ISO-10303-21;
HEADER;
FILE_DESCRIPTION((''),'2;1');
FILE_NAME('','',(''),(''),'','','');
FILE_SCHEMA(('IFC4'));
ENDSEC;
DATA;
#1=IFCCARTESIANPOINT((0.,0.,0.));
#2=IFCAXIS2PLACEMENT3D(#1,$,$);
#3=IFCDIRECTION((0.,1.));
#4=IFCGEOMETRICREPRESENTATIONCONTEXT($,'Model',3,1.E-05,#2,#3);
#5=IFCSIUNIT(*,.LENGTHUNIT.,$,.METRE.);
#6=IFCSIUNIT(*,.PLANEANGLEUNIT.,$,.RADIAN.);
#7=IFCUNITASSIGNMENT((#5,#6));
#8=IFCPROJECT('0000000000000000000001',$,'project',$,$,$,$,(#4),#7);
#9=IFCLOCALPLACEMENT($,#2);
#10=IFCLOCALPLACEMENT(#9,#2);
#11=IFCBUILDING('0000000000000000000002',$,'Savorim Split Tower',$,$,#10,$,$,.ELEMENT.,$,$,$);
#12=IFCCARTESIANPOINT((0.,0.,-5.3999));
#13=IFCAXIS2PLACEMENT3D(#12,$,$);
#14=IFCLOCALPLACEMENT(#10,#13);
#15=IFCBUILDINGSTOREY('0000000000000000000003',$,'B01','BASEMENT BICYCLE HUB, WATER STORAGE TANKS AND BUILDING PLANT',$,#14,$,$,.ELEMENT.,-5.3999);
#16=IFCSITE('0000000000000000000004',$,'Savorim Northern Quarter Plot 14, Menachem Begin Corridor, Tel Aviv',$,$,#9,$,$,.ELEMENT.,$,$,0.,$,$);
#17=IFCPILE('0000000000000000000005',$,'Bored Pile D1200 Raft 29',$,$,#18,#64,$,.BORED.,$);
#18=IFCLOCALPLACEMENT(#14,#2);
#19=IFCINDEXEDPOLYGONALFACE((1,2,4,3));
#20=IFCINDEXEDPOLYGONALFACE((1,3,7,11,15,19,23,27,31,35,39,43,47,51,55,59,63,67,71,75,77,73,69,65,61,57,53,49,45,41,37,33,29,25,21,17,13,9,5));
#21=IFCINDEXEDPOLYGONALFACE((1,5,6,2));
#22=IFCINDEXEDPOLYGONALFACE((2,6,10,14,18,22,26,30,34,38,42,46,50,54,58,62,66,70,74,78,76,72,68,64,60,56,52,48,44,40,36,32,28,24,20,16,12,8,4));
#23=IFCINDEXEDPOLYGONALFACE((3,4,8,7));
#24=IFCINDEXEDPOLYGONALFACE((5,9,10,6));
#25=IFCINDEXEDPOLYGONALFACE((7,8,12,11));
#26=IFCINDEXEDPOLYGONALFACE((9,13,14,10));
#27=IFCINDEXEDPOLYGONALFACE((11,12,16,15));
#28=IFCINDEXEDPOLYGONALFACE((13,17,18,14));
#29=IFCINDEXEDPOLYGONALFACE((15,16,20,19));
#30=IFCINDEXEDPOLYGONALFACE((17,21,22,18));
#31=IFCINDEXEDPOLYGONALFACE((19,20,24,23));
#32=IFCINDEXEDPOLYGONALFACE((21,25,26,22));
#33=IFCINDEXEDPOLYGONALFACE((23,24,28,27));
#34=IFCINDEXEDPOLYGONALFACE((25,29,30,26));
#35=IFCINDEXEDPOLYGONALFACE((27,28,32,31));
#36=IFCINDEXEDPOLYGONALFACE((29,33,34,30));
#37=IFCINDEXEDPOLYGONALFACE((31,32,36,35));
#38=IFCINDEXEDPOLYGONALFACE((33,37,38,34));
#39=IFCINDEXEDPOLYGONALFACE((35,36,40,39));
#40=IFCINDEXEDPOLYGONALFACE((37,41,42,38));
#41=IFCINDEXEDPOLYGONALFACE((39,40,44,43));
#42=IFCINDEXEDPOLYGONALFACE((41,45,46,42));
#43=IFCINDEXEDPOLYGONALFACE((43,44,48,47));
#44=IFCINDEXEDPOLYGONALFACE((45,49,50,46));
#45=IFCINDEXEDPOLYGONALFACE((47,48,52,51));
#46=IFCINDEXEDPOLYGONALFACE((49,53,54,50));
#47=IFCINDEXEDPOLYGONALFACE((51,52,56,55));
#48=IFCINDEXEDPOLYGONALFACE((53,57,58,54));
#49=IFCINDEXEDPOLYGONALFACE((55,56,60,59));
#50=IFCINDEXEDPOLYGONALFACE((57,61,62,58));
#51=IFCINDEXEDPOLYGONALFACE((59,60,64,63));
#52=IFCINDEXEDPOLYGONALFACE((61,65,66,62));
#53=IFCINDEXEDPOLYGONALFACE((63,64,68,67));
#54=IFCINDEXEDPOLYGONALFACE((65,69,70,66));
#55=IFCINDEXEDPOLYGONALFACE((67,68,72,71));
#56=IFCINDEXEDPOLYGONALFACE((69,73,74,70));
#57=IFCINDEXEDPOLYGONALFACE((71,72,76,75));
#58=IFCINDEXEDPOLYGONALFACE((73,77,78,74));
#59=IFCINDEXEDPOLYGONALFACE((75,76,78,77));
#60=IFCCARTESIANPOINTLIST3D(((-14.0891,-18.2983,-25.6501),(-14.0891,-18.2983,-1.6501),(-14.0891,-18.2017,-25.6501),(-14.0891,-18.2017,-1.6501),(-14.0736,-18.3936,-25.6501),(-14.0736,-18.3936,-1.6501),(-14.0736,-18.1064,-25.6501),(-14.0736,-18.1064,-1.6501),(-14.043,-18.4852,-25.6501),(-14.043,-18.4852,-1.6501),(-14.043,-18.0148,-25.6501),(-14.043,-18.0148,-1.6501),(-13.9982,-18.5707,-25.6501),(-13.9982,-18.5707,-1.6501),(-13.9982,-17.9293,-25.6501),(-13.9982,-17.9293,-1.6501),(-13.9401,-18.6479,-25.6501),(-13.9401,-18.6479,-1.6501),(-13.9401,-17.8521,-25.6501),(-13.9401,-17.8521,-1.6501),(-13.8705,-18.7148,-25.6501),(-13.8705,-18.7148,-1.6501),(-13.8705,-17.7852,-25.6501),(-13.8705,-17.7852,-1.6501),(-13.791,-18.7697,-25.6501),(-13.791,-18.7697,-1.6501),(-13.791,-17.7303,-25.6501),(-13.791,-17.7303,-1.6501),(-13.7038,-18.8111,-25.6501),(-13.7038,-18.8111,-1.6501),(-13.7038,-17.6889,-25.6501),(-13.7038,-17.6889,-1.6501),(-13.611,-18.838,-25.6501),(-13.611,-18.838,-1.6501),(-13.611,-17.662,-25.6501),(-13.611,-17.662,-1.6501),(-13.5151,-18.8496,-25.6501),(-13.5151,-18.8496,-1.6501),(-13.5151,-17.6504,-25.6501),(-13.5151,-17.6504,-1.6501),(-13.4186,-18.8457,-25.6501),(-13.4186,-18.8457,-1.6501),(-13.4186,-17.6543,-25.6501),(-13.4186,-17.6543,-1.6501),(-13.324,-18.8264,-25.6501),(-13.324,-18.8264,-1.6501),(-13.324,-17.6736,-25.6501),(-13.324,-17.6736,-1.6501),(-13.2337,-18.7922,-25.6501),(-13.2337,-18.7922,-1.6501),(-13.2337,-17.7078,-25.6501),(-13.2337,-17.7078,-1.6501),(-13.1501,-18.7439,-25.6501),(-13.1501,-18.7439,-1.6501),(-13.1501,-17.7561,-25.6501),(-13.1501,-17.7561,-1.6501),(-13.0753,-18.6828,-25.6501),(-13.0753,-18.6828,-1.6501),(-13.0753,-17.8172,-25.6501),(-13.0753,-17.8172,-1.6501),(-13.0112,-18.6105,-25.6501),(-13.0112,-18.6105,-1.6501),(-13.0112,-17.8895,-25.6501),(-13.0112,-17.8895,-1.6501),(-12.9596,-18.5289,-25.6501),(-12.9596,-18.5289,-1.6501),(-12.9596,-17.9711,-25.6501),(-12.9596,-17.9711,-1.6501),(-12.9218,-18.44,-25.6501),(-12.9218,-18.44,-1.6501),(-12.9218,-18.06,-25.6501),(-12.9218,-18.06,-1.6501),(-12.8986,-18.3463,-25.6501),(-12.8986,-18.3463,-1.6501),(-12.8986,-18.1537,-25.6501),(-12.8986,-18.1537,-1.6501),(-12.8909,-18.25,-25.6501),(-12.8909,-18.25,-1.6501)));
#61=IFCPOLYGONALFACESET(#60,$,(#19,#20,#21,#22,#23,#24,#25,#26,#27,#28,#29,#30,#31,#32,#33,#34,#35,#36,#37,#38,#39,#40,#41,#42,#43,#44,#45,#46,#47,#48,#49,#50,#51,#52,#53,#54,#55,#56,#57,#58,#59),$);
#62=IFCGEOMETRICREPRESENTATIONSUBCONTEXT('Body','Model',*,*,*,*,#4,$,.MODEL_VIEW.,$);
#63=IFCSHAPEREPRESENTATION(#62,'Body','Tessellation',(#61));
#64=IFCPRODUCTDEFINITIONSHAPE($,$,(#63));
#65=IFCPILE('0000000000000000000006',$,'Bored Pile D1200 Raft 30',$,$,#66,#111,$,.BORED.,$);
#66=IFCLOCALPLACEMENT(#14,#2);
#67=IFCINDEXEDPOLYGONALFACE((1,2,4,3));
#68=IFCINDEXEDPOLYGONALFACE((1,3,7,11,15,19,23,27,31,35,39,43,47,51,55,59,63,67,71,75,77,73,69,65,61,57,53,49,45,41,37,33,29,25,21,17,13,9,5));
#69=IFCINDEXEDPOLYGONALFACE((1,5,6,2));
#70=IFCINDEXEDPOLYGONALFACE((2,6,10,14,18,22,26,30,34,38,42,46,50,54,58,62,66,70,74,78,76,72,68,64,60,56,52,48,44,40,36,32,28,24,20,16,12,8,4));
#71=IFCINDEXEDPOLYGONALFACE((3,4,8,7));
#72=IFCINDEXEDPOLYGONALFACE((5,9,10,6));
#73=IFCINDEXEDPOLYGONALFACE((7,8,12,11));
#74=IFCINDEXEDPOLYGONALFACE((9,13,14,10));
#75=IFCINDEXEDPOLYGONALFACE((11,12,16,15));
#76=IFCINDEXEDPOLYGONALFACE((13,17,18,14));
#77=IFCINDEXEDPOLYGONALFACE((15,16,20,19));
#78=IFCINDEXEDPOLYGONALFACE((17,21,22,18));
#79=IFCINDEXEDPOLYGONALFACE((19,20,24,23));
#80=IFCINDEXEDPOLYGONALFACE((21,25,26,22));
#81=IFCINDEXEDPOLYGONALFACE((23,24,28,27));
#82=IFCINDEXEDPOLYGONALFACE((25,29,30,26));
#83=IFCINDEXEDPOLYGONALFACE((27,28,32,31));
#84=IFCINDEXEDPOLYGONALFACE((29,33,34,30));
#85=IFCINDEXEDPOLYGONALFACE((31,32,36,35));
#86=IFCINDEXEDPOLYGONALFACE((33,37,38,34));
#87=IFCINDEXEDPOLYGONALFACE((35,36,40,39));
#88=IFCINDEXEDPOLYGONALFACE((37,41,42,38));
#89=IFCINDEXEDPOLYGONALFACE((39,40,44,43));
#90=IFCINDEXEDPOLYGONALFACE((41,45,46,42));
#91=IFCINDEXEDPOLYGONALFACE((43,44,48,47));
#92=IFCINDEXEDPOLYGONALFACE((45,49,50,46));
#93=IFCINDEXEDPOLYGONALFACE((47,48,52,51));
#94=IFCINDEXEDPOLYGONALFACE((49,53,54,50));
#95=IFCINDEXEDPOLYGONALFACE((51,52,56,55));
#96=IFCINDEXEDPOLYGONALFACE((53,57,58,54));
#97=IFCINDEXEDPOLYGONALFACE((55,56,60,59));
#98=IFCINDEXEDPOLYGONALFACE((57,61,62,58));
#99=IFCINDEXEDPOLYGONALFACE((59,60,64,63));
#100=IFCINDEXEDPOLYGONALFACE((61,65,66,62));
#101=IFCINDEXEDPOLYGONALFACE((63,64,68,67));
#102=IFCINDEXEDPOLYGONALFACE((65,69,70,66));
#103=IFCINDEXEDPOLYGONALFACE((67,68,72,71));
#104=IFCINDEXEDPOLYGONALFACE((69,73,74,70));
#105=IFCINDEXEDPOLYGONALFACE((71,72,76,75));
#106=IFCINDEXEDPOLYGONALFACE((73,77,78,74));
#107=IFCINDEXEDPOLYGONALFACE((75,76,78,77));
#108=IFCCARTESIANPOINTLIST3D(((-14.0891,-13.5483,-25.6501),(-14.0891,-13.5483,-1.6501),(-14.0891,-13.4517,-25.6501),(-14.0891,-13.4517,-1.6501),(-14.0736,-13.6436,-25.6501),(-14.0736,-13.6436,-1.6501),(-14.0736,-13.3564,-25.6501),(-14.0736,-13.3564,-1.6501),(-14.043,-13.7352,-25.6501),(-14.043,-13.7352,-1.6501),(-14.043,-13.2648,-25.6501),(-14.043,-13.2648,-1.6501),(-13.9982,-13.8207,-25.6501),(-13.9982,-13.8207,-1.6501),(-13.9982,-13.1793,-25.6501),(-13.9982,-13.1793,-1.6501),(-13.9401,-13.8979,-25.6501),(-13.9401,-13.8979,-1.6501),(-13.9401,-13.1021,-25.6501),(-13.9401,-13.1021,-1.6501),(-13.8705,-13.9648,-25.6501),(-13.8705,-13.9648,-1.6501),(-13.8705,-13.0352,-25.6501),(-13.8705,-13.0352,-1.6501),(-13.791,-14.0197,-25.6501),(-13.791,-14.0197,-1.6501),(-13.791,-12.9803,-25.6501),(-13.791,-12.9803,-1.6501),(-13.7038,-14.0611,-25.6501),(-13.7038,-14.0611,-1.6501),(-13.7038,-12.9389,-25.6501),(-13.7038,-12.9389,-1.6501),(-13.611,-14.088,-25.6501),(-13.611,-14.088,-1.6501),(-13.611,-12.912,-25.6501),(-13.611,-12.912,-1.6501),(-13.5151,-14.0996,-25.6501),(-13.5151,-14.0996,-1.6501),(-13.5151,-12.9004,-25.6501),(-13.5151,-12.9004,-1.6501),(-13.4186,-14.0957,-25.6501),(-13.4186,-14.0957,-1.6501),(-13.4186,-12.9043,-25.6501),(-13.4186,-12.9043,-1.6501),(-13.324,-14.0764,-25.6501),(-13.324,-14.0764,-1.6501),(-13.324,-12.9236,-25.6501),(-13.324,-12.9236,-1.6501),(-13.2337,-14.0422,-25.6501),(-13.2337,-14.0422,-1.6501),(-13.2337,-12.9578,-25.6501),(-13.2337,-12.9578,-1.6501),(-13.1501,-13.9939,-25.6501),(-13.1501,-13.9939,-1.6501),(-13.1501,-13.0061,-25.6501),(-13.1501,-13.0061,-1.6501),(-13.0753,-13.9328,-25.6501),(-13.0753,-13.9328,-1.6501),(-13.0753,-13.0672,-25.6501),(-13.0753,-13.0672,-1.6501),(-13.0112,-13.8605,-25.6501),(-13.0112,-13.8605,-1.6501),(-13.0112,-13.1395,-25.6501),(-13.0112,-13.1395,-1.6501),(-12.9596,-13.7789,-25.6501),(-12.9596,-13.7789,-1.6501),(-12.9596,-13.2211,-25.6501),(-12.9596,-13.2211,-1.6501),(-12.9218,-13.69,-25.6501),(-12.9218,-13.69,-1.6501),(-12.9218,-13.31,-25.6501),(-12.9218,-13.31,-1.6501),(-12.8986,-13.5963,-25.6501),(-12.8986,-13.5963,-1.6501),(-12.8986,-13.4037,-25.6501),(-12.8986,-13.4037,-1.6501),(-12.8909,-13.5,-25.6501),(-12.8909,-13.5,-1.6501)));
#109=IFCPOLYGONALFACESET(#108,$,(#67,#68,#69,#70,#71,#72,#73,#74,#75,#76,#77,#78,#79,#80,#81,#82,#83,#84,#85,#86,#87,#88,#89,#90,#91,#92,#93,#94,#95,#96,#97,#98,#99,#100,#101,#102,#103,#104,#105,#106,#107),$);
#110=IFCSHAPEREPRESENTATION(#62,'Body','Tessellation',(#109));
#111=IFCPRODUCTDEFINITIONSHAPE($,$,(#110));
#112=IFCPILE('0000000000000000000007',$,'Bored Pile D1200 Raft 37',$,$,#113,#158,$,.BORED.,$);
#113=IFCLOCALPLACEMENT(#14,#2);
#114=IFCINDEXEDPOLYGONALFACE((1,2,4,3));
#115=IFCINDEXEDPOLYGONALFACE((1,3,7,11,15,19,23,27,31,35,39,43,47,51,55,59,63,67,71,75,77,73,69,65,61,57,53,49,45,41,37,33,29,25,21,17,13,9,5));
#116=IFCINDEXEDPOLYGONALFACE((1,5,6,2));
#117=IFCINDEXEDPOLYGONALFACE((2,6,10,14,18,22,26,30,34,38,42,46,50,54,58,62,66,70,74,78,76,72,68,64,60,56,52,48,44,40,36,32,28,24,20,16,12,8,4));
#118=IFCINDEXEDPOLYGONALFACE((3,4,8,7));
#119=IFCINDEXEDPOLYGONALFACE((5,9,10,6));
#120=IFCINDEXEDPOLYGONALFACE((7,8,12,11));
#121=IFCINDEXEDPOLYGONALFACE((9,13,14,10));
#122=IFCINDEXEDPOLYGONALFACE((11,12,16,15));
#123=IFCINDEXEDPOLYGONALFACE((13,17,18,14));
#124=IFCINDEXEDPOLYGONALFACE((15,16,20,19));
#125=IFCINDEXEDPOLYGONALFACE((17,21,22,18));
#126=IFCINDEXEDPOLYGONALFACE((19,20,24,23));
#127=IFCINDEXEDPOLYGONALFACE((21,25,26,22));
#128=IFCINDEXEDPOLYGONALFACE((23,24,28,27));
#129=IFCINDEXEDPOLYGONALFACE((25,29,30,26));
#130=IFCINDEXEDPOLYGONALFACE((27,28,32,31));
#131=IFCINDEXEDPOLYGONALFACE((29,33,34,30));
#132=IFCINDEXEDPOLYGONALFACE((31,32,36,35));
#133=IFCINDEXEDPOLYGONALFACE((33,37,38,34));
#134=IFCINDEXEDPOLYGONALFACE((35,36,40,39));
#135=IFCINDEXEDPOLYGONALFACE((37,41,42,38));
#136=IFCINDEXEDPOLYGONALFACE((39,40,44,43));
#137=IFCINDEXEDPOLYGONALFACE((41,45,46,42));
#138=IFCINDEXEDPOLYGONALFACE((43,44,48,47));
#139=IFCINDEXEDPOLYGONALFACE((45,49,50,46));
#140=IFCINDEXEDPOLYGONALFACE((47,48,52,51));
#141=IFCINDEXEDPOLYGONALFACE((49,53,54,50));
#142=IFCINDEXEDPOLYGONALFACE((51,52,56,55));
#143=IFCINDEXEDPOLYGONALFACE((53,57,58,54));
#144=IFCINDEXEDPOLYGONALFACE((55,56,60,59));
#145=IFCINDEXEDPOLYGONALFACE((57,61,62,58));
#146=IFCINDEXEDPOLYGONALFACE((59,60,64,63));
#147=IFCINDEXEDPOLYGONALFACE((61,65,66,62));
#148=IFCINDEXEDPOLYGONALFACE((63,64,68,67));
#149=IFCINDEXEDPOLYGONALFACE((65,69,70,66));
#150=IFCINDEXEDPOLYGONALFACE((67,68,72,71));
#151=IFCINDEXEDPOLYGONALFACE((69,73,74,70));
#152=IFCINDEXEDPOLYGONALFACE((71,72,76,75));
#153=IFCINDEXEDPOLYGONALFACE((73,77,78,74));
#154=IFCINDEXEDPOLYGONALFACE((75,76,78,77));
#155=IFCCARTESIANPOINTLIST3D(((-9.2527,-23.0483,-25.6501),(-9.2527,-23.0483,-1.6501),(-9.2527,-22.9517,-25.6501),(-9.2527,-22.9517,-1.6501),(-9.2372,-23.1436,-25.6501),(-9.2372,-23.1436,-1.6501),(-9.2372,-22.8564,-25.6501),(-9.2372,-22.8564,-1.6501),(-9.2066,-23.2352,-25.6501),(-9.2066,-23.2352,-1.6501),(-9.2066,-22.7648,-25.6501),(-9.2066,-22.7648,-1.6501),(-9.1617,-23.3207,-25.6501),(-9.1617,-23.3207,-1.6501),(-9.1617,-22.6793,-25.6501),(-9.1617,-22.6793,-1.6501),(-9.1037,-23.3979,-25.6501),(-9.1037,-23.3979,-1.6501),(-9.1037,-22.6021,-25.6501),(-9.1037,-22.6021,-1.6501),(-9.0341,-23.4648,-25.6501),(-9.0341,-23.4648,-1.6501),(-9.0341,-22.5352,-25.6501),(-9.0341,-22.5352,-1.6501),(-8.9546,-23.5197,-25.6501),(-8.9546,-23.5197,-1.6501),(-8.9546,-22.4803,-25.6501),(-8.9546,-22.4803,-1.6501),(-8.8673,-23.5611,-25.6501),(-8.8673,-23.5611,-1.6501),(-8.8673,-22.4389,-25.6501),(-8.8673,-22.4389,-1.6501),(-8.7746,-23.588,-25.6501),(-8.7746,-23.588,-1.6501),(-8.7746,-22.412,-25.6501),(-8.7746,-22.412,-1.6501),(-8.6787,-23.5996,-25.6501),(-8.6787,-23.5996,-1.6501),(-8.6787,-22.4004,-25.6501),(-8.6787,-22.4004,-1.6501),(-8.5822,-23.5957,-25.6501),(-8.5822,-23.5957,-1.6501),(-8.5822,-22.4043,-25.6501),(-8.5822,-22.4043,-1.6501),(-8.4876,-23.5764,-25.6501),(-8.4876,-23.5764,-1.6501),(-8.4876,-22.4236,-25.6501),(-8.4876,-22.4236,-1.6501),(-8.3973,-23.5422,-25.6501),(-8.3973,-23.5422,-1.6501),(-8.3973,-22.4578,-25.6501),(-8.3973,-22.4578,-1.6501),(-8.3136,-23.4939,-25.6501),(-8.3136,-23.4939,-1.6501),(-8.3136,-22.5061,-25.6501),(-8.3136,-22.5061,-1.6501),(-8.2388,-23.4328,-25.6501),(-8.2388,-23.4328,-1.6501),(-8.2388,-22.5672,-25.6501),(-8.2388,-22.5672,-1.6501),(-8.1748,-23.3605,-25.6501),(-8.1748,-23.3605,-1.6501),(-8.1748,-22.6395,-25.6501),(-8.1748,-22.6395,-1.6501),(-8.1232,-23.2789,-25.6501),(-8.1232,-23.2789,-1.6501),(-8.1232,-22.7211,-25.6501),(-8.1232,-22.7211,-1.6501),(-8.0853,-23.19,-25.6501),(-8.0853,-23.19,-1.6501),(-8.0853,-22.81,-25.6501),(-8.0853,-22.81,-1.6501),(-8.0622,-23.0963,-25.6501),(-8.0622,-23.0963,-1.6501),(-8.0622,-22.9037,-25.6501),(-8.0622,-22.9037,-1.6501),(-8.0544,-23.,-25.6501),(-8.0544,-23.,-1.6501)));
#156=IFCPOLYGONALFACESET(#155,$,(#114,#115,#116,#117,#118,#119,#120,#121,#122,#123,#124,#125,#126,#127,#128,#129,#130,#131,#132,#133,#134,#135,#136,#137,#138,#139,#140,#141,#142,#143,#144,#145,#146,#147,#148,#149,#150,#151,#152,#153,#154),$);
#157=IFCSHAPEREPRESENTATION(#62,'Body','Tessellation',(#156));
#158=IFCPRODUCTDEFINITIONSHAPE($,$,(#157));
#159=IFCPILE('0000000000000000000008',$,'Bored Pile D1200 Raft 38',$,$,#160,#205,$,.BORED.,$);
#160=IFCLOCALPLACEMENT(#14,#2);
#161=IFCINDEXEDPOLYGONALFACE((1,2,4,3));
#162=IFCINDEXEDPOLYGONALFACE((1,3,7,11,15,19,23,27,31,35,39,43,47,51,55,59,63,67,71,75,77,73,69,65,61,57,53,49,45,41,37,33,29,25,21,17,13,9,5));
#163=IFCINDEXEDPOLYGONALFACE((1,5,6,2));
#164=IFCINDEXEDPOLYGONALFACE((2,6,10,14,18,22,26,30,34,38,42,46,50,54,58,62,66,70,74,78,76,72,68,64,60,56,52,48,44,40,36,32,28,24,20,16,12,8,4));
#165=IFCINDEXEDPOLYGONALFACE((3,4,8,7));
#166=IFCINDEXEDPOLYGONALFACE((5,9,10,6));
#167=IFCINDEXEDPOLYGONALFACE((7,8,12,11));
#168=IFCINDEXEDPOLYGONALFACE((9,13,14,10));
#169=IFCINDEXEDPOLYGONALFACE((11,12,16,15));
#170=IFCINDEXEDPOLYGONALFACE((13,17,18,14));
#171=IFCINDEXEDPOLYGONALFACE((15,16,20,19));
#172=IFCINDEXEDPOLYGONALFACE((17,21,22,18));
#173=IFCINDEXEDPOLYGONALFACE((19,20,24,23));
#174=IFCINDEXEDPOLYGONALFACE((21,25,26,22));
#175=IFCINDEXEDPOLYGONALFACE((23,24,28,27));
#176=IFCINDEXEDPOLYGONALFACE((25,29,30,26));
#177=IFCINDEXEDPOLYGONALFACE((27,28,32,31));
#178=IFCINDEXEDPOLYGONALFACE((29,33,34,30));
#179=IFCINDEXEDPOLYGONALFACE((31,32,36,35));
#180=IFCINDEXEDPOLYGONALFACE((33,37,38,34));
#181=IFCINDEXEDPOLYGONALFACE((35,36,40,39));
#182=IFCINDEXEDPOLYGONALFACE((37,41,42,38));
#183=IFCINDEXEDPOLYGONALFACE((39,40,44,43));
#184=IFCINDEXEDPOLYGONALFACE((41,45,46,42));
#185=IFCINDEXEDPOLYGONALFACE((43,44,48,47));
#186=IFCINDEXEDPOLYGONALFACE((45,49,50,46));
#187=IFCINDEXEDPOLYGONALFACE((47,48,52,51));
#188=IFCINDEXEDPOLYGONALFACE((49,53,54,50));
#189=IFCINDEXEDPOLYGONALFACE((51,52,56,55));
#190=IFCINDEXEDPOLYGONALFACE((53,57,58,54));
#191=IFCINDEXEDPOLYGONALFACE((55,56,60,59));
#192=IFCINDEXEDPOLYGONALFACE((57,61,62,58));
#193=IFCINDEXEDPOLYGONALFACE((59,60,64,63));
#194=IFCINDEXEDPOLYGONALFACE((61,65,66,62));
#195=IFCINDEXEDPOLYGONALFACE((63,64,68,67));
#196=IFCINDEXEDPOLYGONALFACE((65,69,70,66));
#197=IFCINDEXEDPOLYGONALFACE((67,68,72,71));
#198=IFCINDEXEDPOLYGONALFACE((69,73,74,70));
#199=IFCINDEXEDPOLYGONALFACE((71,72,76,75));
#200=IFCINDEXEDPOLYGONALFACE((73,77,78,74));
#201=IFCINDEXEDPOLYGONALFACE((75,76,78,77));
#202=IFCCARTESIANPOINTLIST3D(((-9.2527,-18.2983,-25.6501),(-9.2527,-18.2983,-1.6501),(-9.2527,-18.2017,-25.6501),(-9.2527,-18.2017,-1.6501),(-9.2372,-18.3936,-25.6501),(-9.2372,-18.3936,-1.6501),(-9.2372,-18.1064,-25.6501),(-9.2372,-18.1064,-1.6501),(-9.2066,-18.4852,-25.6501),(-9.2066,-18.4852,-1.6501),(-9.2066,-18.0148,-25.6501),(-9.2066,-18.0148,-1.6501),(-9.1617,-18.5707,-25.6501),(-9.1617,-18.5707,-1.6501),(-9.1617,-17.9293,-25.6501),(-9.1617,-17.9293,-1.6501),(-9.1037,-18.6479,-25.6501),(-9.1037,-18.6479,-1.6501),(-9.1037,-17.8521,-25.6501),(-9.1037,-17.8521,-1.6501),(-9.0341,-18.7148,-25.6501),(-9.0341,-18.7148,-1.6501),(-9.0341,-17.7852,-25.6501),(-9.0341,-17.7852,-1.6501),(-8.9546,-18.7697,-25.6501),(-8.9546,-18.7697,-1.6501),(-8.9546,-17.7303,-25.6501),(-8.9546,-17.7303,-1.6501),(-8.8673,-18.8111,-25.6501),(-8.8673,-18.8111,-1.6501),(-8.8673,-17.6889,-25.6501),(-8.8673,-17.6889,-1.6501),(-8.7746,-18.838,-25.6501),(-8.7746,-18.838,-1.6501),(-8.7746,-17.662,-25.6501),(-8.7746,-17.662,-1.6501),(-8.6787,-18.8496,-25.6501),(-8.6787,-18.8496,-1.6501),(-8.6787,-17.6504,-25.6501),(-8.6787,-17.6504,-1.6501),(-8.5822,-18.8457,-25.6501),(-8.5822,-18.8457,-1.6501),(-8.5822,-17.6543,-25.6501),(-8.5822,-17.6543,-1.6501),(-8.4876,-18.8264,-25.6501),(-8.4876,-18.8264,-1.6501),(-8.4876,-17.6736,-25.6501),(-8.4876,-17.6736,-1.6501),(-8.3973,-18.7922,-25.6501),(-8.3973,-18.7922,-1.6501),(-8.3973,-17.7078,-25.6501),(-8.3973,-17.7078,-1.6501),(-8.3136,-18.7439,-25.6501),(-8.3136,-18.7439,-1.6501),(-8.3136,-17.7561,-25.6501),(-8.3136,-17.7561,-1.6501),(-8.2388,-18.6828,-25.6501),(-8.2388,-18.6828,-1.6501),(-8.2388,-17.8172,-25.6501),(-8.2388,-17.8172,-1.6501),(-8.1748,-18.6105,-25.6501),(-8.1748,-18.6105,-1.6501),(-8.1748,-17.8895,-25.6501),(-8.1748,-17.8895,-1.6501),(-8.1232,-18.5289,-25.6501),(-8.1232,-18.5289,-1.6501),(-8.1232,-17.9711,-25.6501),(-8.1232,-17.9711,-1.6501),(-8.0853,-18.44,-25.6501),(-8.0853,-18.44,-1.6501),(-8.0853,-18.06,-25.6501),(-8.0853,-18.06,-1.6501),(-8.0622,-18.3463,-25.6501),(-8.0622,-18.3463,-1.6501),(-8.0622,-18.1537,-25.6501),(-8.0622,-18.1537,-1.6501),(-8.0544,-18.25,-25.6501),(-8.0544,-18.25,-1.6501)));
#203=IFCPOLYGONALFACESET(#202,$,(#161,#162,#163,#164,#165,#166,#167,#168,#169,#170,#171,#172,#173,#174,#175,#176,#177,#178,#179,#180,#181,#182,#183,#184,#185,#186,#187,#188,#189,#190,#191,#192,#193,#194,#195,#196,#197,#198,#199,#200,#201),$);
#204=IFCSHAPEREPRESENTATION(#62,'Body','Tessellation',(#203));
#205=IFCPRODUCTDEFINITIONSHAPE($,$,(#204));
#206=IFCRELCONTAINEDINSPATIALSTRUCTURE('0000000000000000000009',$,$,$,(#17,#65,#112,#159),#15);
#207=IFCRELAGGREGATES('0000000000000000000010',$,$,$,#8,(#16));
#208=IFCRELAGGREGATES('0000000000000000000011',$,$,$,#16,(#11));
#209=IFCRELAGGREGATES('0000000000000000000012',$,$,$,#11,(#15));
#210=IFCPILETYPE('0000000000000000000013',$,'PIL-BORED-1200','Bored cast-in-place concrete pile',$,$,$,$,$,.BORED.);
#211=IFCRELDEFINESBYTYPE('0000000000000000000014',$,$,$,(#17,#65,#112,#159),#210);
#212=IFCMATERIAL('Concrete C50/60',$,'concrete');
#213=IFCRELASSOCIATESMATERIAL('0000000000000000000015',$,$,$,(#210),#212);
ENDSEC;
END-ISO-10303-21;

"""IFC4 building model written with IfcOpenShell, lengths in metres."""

from ifc_helpers import new_model, si_unit, direction, frame, origin, origin_2d, place, context, subcontext, project, spatial, circle, extrude, material, material_profile, profile_set, type_object, element, save


model = new_model("IFC4")

# Units and contexts
model_context = context("Model", 3, precision=1e-05, world=origin(), true_north=direction((0.0, 1.0)))
body_context = subcontext(model_context, "Body", "Model", "MODEL_VIEW")
ifc_project = project(units=[si_unit("LENGTHUNIT", "METRE"), si_unit("PLANEANGLEUNIT", "RADIAN")], contexts=[model_context])

# Site, building, storey
site_placement = place(None, origin())
site = spatial("IfcSite", under=ifc_project, at=site_placement, Name="Savorim Northern Quarter Plot 14, Menachem Begin Corridor, Tel Aviv", CompositionType="ELEMENT", RefElevation=0.0)
building_placement = place(site_placement, origin())
building = spatial("IfcBuilding", under=site, at=building_placement, Name="Savorim Split Tower", CompositionType="ELEMENT")
storey_placement = place(building_placement, frame((0.0, 0.0, -5.3999)))
storey = spatial("IfcBuildingStorey", under=building, at=storey_placement, Name="B01", Description="BASEMENT BICYCLE HUB, WATER STORAGE TANKS AND BUILDING PLANT", CompositionType="ELEMENT", Elevation=-5.3999)

# Piles
ifc_material_1 = material(Name="Concrete C50/60", Category="concrete")
ifc_material_profile_1 = material_profile(ifc_material_1, circle(Radius=0.6001, at=origin_2d()), Name="PILE D1200")
ifc_profile_set_1 = profile_set([ifc_material_profile_1], Name="Concrete C50/60")
pile_type = type_object("IfcPileType", Name="PIL-BORED-1200", Description="Bored cast-in-place concrete pile", PredefinedType="BORED", material=ifc_profile_set_1)
for number, where, z_axis, x_axis, name in (
    (1, (-13.491, -18.25, -1.6501), (0.0, 0.0, -1.0), (1.0, 0.0, 0.0), "Bored Pile D1200 Raft 29"),
    (2, (-13.491, -13.5, -1.6501), (0.0, 0.0, -1.0), (1.0, 0.0, 0.0), "Bored Pile D1200 Raft 30"),
    (3, (-8.6545, -23.0, -1.6501), (0.0, 0.0, -1.0), (1.0, 0.0, 0.0), "Bored Pile D1200 Raft 37"),
    (4, (-8.6545, -18.25, -1.6501), (0.0, 0.0, -1.0), (1.0, 0.0, 0.0), "Bored Pile D1200 Raft 38"),
):
    element("IfcPile", number, at=place(storey_placement, frame(where, z_axis=z_axis, x_axis=x_axis)), inside=storey, type_object=pile_type, Name=name, PredefinedType="BORED", context=body_context, shape_type="SweptSolid", body=[
        extrude(circle(Radius=0.6001, at=origin_2d()), origin(), (0.0, 0.0, 1.0), 24.0),
    ])

save(model, "model.ifc")
